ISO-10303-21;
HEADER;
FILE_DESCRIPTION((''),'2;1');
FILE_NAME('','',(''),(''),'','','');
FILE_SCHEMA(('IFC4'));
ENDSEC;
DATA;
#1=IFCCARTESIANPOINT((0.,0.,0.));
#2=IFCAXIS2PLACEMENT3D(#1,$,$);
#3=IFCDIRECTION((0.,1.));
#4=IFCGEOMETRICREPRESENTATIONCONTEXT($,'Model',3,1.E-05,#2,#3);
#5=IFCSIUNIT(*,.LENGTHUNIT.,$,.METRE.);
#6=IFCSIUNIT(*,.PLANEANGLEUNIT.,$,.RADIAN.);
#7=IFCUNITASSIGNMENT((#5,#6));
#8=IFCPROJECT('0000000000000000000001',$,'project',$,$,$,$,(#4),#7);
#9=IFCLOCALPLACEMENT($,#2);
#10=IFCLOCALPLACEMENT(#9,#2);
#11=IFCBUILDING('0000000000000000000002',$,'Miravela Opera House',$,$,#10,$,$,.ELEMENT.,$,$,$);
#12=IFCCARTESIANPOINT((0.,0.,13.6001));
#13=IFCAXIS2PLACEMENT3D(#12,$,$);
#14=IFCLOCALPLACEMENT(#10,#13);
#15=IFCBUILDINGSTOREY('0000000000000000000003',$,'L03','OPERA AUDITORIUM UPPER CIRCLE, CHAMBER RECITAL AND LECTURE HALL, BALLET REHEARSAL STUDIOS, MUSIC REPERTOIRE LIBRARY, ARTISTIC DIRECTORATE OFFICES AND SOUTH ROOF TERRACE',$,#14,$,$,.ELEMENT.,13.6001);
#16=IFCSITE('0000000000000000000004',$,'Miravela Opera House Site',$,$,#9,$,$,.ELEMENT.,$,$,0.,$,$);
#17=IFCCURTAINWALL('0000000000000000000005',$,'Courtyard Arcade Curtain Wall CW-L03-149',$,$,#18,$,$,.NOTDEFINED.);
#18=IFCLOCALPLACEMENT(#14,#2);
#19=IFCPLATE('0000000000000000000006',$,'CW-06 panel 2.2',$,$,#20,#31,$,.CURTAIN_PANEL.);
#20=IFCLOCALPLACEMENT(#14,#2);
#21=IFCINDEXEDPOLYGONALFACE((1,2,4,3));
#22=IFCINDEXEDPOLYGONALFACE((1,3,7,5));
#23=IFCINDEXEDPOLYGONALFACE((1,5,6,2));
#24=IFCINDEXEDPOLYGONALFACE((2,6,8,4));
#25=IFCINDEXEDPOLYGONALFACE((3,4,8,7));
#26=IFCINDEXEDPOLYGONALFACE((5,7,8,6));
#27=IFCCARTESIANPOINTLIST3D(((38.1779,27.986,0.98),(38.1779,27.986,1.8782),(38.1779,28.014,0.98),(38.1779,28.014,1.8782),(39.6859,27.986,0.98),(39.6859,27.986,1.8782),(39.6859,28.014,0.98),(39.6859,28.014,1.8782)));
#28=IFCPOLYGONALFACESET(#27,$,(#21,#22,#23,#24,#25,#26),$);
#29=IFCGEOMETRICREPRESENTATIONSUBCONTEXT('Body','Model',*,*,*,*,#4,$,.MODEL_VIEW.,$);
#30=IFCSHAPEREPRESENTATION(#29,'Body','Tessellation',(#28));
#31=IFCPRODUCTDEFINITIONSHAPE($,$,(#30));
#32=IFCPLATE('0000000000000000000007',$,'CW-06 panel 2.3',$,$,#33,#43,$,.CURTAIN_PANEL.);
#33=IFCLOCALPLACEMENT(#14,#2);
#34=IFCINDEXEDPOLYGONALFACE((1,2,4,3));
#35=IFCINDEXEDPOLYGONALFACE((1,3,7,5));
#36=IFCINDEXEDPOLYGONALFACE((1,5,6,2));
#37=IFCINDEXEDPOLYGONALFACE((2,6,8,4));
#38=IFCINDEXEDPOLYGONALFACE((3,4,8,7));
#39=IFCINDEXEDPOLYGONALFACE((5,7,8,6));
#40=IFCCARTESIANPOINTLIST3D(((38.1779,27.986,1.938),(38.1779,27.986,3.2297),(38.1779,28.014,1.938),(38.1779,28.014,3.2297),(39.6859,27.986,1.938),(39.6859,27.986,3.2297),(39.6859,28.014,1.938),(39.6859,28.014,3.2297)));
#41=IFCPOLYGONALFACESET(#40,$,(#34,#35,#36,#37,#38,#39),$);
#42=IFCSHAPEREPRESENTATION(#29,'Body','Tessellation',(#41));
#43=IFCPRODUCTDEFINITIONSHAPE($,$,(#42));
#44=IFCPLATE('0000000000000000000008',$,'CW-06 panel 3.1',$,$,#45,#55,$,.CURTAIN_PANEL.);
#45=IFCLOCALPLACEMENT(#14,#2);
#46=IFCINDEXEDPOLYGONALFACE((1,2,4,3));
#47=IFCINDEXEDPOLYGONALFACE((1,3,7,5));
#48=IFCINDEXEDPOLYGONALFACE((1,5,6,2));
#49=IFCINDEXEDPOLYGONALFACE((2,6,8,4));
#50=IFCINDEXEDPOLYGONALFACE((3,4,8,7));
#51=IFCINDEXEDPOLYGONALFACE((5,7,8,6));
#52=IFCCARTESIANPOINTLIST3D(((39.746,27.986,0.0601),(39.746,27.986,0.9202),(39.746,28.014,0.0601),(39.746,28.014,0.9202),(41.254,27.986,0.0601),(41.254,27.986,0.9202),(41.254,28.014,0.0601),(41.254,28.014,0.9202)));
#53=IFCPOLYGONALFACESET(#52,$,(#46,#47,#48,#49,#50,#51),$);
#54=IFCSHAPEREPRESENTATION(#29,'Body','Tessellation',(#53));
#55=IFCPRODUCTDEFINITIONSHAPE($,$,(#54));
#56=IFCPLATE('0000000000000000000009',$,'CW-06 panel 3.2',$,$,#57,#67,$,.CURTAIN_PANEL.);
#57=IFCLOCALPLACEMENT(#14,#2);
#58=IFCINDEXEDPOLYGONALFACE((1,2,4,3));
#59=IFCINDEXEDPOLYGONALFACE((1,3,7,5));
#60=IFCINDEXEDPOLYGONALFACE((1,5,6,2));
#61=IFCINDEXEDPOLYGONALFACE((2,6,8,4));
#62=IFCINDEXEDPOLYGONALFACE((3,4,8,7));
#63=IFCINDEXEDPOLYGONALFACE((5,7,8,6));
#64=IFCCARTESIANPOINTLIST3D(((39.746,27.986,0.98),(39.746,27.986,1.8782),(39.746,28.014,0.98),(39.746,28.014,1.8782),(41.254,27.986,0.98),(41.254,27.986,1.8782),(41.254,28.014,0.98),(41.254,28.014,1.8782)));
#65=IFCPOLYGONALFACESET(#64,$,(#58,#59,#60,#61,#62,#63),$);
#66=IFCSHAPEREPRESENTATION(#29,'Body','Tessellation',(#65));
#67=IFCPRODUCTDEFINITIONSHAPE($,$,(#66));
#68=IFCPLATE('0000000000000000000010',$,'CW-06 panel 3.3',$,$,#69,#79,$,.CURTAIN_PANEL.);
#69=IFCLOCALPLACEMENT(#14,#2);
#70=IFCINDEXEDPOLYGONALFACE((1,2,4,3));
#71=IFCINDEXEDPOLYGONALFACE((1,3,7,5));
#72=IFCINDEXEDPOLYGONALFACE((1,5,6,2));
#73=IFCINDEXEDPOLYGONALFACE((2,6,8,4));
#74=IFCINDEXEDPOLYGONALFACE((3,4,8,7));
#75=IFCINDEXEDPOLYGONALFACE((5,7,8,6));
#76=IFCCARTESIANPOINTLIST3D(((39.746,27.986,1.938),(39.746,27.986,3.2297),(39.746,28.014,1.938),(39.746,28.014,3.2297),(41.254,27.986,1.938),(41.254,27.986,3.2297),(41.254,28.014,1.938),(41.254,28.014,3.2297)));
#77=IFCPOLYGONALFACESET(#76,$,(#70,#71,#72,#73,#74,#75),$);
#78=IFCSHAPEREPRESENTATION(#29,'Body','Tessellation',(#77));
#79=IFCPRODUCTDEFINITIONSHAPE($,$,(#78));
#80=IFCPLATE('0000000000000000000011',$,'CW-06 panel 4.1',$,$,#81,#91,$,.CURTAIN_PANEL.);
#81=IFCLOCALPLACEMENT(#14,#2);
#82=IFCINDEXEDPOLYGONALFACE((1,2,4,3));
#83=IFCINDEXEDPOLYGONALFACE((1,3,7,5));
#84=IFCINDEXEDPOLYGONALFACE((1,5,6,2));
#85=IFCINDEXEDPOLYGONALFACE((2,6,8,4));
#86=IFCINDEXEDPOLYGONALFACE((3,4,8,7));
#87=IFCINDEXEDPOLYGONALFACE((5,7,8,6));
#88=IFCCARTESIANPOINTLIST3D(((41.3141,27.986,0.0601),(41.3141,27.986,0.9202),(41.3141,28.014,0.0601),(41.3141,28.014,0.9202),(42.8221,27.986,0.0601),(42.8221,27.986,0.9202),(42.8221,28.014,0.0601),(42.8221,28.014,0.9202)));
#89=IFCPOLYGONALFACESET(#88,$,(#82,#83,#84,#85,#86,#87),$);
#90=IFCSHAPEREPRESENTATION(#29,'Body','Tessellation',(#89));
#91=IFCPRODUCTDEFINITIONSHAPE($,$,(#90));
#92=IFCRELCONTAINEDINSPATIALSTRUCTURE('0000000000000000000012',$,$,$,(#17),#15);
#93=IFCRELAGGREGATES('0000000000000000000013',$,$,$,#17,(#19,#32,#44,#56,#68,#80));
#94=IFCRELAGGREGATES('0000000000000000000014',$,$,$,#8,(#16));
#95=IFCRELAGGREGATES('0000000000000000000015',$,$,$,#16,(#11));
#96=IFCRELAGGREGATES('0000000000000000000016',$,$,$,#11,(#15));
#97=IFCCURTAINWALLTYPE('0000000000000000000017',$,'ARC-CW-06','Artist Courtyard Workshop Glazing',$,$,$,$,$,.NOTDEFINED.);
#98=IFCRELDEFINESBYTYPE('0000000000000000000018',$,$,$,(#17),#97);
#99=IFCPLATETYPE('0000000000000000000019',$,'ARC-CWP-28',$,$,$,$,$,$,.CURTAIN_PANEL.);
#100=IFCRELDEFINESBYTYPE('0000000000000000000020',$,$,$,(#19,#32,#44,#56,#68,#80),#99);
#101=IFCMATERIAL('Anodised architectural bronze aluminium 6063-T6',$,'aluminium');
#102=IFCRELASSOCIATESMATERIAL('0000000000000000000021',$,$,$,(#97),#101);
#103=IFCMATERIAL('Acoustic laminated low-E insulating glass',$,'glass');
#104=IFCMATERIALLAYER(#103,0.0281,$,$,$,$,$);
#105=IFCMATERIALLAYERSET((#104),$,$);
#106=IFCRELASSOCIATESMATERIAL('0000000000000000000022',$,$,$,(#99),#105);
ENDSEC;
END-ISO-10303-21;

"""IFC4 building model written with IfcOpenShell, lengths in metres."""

from ifc_helpers import new_model, si_unit, direction, frame, origin, origin_2d, place, context, subcontext, project, spatial, rectangle, extrude, material, layer, layer_set, type_object, element, aggregate, save


model = new_model("IFC4")

# Units and contexts
model_context = context("Model", 3, precision=1e-05, world=origin(), true_north=direction((0.0, 1.0)))
body_context = subcontext(model_context, "Body", "Model", "MODEL_VIEW")
ifc_project = project(units=[si_unit("LENGTHUNIT", "METRE"), si_unit("PLANEANGLEUNIT", "RADIAN")], contexts=[model_context])

# Site, building, storey
site_placement = place(None, origin())
site = spatial("IfcSite", under=ifc_project, at=site_placement, Name="Miravela Opera House Site", CompositionType="ELEMENT", RefElevation=0.0)
building_placement = place(site_placement, origin())
building = spatial("IfcBuilding", under=site, at=building_placement, Name="Miravela Opera House", CompositionType="ELEMENT")
storey_placement = place(building_placement, frame((0.0, 0.0, 13.6001)))
storey = spatial("IfcBuildingStorey", under=building, at=storey_placement, Name="L03", Description="OPERA AUDITORIUM UPPER CIRCLE, CHAMBER RECITAL AND LECTURE HALL, BALLET REHEARSAL STUDIOS, MUSIC REPERTOIRE LIBRARY, ARTISTIC DIRECTORATE OFFICES AND SOUTH ROOF TERRACE", CompositionType="ELEMENT", Elevation=13.6001)

# Curtain wall
ifc_material_1 = material(Name="Anodised architectural bronze aluminium 6063-T6", Category="aluminium")
curtain_wall_type = type_object("IfcCurtainWallType", Name="ARC-CW-06", Description="Artist Courtyard Workshop Glazing", PredefinedType="NOTDEFINED", material=ifc_material_1)
curtain_wall_placement = place(storey_placement, origin())
curtain_wall = element("IfcCurtainWall", 1, at=curtain_wall_placement, inside=storey, type_object=curtain_wall_type, Name="Courtyard Arcade Curtain Wall CW-L03-149", PredefinedType="NOTDEFINED")

# Plates
ifc_material_2 = material(Name="Acoustic laminated low-E insulating glass", Category="glass")
ifc_layer = layer(ifc_material_2, 0.0281)
ifc_layer_set = layer_set([ifc_layer])
plate_type = type_object("IfcPlateType", Name="ARC-CWP-28", PredefinedType="CURTAIN_PANEL", material=ifc_layer_set)
plate_1_placement = place(storey_placement, frame((38.9319, 28.0, 0.98), z_axis=(0.0, 0.0, 1.0), x_axis=(1.0, 0.0, 0.0)))
plate_1 = element("IfcPlate", 2, at=plate_1_placement, type_object=plate_type, Name="CW-06 panel 2.2", PredefinedType="CURTAIN_PANEL", context=body_context, shape_type="SweptSolid", body=[
    extrude(rectangle(XDim=1.5081, YDim=0.0281, at=origin_2d()), origin(), (0.0, 0.0, 1.0), 0.8982),
])
plate_2_placement = place(storey_placement, frame((38.9319, 28.0, 1.938), z_axis=(0.0, 0.0, 1.0), x_axis=(1.0, 0.0, 0.0)))
plate_2 = element("IfcPlate", 3, at=plate_2_placement, type_object=plate_type, Name="CW-06 panel 2.3", PredefinedType="CURTAIN_PANEL", context=body_context, shape_type="SweptSolid", body=[
    extrude(rectangle(XDim=1.5081, YDim=0.0281, at=origin_2d()), origin(), (0.0, 0.0, 1.0), 1.2917),
])
plate_3_placement = place(storey_placement, frame((40.5, 28.0, 0.0601), z_axis=(0.0, 0.0, 1.0), x_axis=(1.0, 0.0, 0.0)))
plate_3 = element("IfcPlate", 4, at=plate_3_placement, type_object=plate_type, Name="CW-06 panel 3.1", PredefinedType="CURTAIN_PANEL", context=body_context, shape_type="SweptSolid", body=[
    extrude(rectangle(XDim=1.5081, YDim=0.0281, at=origin_2d()), origin(), (0.0, 0.0, 1.0), 0.8601),
])
plate_4_placement = place(storey_placement, frame((40.5, 28.0, 0.98), z_axis=(0.0, 0.0, 1.0), x_axis=(1.0, 0.0, 0.0)))
plate_4 = element("IfcPlate", 5, at=plate_4_placement, type_object=plate_type, Name="CW-06 panel 3.2", PredefinedType="CURTAIN_PANEL", context=body_context, shape_type="SweptSolid", body=[
    extrude(rectangle(XDim=1.5081, YDim=0.0281, at=origin_2d()), origin(), (0.0, 0.0, 1.0), 0.8982),
])
plate_5_placement = place(storey_placement, frame((40.5, 28.0, 1.938), z_axis=(0.0, 0.0, 1.0), x_axis=(1.0, 0.0, 0.0)))
plate_5 = element("IfcPlate", 6, at=plate_5_placement, type_object=plate_type, Name="CW-06 panel 3.3", PredefinedType="CURTAIN_PANEL", context=body_context, shape_type="SweptSolid", body=[
    extrude(rectangle(XDim=1.5081, YDim=0.0281, at=origin_2d()), origin(), (0.0, 0.0, 1.0), 1.2917),
])
plate_6_placement = place(storey_placement, frame((42.0681, 28.0, 0.0601), z_axis=(0.0, 0.0, 1.0), x_axis=(1.0, 0.0, 0.0)))
plate_6 = element("IfcPlate", 7, at=plate_6_placement, type_object=plate_type, Name="CW-06 panel 4.1", PredefinedType="CURTAIN_PANEL", context=body_context, shape_type="SweptSolid", body=[
    extrude(rectangle(XDim=1.5081, YDim=0.0281, at=origin_2d()), origin(), (0.0, 0.0, 1.0), 0.8601),
])
aggregate(curtain_wall, [plate_1, plate_2, plate_3, plate_4, plate_5, plate_6])

save(model, "model.ifc")
